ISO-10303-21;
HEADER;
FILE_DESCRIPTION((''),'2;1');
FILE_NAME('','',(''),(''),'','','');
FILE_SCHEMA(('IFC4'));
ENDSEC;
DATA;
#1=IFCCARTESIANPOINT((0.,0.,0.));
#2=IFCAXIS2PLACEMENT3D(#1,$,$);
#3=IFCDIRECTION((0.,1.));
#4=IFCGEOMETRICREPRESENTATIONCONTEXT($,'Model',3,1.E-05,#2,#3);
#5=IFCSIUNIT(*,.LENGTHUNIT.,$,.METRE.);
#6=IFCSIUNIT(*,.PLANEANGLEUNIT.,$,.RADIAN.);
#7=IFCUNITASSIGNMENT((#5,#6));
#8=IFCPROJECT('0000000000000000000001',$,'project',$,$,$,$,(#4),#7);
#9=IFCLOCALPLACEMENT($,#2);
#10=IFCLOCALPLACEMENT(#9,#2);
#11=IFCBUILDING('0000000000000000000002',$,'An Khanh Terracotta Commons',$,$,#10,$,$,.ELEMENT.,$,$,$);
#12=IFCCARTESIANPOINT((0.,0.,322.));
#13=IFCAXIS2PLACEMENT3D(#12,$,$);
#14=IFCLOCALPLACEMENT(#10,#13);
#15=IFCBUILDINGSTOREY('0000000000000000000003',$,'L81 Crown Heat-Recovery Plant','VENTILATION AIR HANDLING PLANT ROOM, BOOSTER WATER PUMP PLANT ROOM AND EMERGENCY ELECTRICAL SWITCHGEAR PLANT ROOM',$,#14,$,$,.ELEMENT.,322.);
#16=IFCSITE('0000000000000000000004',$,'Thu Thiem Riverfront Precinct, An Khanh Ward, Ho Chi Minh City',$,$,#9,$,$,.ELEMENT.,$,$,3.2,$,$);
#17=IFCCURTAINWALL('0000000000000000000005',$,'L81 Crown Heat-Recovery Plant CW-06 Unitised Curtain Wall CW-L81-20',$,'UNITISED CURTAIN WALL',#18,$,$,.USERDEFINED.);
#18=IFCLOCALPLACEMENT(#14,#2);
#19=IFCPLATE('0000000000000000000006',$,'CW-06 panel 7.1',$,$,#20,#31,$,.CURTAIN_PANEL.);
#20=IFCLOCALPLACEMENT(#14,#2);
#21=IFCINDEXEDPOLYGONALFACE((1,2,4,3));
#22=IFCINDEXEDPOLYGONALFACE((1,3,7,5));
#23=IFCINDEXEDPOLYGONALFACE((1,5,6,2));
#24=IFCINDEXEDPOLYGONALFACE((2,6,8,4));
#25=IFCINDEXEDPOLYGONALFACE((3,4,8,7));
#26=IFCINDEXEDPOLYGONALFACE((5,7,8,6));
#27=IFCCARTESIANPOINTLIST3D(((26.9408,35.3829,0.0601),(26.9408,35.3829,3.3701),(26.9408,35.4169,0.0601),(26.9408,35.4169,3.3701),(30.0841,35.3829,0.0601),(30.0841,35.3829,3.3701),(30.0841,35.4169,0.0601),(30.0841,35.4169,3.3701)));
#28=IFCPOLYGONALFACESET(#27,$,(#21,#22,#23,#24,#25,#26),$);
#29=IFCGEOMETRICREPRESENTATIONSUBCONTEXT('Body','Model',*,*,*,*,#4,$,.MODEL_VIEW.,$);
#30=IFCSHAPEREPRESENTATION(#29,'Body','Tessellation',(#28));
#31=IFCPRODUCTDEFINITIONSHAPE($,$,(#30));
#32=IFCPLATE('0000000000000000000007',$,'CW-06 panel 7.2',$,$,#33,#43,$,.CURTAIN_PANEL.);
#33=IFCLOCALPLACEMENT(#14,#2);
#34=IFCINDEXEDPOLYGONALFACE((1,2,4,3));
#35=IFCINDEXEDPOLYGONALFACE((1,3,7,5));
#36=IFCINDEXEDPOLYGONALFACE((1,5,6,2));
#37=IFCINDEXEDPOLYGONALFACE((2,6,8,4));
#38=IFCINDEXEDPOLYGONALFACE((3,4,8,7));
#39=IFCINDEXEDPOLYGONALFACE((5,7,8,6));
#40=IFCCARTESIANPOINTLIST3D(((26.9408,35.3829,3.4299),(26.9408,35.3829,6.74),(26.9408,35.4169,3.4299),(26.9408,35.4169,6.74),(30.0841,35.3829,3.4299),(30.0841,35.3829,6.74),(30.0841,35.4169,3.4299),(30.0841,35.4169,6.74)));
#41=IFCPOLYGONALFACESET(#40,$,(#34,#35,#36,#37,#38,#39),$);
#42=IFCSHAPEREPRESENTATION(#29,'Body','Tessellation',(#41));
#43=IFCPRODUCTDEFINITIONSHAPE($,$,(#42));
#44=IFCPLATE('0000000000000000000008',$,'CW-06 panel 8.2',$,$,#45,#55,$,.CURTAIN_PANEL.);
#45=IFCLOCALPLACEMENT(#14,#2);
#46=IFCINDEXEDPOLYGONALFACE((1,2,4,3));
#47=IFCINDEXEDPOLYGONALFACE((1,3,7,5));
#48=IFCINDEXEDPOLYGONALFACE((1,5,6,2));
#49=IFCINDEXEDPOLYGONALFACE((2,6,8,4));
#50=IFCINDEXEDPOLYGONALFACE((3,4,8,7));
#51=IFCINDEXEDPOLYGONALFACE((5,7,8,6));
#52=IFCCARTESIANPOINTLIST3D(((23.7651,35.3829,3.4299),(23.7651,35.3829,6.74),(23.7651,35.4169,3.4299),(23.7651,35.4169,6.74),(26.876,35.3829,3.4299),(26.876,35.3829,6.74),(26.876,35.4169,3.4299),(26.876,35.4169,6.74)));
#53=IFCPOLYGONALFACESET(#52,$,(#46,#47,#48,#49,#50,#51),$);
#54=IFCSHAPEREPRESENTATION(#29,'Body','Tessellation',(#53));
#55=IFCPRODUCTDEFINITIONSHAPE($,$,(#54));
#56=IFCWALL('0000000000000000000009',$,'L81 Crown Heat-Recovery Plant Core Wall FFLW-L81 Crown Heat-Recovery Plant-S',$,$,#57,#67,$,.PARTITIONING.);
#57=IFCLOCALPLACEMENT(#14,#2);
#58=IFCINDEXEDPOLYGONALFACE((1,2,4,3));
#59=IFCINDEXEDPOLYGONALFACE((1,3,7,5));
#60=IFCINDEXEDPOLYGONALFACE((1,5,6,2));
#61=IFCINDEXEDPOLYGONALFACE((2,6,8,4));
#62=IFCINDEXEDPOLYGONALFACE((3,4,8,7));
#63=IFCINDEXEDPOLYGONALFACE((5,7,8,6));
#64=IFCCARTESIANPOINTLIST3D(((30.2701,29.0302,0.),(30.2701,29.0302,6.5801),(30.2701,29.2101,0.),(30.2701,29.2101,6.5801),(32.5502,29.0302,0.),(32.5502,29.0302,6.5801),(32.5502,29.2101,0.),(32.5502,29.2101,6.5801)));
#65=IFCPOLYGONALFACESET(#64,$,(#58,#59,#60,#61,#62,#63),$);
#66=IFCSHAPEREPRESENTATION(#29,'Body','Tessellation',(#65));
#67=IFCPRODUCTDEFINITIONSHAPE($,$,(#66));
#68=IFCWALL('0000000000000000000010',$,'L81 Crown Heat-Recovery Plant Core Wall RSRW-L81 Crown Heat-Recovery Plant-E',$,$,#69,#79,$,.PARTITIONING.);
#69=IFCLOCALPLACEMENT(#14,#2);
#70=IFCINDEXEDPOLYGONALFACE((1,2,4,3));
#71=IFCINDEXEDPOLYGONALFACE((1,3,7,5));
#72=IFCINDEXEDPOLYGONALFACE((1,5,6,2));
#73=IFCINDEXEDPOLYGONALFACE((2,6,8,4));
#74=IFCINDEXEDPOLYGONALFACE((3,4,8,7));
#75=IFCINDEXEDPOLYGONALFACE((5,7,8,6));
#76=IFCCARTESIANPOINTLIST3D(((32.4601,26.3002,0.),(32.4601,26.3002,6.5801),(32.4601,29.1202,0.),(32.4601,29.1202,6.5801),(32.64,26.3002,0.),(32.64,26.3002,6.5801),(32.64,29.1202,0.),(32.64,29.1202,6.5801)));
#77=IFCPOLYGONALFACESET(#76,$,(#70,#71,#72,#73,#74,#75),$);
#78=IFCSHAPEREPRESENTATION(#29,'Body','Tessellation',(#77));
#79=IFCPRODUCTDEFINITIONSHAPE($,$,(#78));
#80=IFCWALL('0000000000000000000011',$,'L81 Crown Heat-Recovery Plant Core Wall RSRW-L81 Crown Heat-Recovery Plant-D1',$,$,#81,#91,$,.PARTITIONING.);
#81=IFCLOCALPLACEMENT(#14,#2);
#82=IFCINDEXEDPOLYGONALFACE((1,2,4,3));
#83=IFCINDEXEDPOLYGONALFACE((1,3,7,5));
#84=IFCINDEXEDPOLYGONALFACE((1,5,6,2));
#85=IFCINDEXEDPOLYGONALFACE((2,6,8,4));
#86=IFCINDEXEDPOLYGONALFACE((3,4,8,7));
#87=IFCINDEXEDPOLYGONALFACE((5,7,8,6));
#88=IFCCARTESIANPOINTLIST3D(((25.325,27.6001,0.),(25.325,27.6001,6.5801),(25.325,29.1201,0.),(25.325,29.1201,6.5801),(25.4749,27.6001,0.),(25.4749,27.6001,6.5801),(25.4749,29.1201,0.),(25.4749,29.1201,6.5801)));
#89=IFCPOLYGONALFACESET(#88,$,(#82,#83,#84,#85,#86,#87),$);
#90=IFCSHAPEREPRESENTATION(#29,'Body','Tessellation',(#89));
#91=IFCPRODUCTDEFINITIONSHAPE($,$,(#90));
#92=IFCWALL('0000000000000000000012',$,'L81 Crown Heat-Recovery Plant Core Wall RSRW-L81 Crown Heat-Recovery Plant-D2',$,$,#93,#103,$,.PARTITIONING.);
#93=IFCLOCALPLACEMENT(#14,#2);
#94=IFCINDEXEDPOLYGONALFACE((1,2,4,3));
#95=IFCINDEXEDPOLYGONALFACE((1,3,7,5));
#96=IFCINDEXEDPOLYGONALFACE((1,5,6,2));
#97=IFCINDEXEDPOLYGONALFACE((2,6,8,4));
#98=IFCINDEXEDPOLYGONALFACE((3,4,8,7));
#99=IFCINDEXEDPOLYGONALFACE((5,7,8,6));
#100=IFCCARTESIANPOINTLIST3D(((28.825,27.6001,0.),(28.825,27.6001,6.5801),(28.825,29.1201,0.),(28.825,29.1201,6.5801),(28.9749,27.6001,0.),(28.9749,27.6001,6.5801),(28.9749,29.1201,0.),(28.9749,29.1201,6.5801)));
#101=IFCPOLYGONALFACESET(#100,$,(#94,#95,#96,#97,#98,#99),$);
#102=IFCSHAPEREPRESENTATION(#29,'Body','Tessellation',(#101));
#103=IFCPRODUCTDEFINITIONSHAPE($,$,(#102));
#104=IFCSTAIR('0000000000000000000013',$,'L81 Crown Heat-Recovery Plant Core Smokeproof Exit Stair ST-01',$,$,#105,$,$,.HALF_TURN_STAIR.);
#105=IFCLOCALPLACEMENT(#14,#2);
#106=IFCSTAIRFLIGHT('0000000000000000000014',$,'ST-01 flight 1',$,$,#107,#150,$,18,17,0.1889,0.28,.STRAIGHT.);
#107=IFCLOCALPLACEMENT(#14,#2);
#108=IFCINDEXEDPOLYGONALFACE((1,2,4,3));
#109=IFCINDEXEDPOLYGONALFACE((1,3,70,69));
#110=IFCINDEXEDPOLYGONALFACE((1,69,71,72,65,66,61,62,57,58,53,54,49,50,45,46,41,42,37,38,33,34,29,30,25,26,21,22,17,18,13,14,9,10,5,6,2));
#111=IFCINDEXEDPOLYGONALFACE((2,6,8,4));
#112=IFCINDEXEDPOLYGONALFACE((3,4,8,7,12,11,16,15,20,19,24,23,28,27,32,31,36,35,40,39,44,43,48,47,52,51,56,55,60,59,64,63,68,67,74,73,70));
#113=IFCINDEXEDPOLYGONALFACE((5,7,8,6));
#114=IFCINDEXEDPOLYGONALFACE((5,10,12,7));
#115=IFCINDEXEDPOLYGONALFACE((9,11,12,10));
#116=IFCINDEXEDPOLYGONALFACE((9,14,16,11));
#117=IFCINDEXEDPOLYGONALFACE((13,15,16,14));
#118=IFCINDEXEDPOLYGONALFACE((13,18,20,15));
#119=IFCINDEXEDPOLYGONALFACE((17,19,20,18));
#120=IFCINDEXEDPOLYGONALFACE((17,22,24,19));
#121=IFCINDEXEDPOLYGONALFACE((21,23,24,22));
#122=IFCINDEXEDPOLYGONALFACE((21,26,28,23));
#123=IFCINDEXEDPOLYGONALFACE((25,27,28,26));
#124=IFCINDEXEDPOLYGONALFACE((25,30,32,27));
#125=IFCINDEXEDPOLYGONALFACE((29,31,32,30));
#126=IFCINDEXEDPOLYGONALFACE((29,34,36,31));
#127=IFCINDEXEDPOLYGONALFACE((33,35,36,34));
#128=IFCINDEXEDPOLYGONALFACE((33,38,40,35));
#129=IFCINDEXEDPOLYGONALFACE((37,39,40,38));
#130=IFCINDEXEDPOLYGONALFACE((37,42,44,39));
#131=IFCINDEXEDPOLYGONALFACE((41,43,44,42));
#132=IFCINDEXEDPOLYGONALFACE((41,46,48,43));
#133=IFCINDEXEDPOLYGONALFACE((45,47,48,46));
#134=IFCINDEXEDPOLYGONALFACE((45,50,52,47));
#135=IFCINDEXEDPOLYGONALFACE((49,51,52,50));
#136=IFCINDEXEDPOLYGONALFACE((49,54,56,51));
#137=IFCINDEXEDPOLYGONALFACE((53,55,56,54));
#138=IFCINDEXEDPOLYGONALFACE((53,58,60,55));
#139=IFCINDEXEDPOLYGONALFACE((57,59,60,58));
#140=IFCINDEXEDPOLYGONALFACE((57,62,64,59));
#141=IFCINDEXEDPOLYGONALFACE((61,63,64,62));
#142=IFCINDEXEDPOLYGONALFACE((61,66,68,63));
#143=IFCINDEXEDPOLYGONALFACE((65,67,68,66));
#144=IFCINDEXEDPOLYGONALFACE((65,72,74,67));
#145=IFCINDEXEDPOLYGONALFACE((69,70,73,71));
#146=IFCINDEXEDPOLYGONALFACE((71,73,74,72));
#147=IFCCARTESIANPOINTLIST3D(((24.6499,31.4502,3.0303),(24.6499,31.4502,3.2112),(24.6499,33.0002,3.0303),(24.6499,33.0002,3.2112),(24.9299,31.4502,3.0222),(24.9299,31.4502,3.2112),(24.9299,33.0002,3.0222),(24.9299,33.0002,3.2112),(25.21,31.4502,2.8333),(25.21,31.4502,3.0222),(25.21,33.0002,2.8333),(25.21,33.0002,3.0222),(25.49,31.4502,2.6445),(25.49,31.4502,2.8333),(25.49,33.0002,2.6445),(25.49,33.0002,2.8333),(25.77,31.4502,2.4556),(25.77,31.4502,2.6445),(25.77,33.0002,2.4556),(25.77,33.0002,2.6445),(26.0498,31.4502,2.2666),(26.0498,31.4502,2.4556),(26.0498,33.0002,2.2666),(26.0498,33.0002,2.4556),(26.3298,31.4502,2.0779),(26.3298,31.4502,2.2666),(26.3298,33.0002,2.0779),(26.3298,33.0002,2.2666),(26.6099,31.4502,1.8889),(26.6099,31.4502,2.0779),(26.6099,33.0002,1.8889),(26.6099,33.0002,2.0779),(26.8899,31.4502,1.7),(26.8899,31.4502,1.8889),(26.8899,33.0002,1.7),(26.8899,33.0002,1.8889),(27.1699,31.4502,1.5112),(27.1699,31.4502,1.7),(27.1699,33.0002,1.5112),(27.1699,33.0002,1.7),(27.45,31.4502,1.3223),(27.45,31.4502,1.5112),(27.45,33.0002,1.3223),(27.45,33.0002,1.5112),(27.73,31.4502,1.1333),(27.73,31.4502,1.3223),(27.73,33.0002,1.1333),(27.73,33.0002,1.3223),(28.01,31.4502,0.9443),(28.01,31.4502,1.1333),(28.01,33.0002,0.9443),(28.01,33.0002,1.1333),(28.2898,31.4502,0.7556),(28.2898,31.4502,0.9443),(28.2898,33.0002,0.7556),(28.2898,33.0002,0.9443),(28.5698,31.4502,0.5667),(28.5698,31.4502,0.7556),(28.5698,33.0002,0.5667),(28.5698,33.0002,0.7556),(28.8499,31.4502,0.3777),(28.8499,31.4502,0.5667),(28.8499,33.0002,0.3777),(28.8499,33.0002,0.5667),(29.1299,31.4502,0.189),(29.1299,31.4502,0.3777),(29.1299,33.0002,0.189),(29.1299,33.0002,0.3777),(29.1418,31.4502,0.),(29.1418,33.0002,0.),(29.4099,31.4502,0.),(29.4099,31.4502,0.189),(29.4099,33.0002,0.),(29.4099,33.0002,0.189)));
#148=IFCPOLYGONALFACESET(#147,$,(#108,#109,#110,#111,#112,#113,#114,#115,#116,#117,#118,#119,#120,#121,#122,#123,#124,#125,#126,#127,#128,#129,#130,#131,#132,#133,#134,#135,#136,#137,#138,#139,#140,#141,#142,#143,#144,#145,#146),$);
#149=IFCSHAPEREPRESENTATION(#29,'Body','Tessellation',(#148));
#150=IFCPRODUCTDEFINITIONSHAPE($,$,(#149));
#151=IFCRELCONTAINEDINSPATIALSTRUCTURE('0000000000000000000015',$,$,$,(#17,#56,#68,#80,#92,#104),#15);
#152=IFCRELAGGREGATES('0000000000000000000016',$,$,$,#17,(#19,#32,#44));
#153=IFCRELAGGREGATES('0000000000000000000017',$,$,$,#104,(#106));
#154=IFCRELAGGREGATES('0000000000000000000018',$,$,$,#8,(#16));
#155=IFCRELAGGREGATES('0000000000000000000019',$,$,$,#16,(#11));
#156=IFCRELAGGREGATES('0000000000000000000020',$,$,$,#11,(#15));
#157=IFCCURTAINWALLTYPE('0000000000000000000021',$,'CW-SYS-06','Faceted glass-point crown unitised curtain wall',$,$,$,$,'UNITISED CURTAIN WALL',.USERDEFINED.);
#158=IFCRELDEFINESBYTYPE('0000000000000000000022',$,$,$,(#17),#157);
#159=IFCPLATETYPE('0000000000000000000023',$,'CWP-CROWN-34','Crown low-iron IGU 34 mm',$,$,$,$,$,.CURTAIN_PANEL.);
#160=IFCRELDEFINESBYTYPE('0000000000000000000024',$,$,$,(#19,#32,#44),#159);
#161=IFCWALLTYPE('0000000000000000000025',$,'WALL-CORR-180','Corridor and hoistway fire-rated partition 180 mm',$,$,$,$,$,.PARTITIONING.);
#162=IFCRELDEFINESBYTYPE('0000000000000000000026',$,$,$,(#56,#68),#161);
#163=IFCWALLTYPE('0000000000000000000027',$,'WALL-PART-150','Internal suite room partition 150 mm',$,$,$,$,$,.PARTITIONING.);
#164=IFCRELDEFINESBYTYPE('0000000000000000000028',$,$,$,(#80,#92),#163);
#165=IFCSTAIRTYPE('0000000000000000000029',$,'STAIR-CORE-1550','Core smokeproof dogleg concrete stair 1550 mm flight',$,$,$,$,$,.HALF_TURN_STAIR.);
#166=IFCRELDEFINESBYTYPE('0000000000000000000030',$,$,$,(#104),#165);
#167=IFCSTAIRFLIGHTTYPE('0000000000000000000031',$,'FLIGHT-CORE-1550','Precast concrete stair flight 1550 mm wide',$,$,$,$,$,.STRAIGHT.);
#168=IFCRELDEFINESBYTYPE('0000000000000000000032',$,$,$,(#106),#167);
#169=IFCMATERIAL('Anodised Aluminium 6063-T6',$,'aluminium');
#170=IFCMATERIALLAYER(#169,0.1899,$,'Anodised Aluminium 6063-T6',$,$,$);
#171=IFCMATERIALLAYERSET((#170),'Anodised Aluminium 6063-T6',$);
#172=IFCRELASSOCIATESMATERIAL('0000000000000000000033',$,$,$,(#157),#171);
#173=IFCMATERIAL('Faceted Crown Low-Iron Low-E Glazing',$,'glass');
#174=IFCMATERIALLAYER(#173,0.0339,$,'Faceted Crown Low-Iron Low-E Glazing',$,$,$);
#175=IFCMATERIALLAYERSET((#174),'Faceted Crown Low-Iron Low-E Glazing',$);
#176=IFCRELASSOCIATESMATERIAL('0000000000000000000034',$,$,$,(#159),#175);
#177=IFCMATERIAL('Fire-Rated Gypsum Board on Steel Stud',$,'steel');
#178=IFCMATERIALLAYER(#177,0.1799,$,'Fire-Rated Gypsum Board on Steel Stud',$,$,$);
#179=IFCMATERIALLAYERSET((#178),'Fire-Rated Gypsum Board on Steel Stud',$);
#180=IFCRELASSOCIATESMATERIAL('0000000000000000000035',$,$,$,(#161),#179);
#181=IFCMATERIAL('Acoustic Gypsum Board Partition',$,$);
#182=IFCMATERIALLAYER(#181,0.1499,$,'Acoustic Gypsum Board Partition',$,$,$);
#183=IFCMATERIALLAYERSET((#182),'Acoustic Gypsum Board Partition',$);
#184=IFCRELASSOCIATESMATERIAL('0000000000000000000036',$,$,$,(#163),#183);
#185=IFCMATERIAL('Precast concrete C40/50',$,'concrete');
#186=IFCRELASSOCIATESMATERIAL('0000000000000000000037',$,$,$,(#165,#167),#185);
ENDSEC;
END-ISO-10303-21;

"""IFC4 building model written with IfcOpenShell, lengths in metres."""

from ifc_helpers import new_model, si_unit, direction, frame, frame_2d, origin, origin_2d, place, context, subcontext, project, spatial, polyline, rectangle, outline, extrude, material, layer, layer_set, type_object, element, aggregate, save


model = new_model("IFC4")

# Units and contexts
model_context = context("Model", 3, precision=1e-05, world=origin(), true_north=direction((0.0, 1.0)))
body_context = subcontext(model_context, "Body", "Model", "MODEL_VIEW")
ifc_project = project(units=[si_unit("LENGTHUNIT", "METRE"), si_unit("PLANEANGLEUNIT", "RADIAN")], contexts=[model_context])

# Site, building, storey
site_placement = place(None, origin())
site = spatial("IfcSite", under=ifc_project, at=site_placement, Name="Thu Thiem Riverfront Precinct, An Khanh Ward, Ho Chi Minh City", CompositionType="ELEMENT", RefElevation=3.2)
building_placement = place(site_placement, origin())
building = spatial("IfcBuilding", under=site, at=building_placement, Name="An Khanh Terracotta Commons", CompositionType="ELEMENT")
storey_placement = place(building_placement, frame((0.0, 0.0, 322.0)))
storey = spatial("IfcBuildingStorey", under=building, at=storey_placement, Name="L81 Crown Heat-Recovery Plant", Description="VENTILATION AIR HANDLING PLANT ROOM, BOOSTER WATER PUMP PLANT ROOM AND EMERGENCY ELECTRICAL SWITCHGEAR PLANT ROOM", CompositionType="ELEMENT", Elevation=322.0)

# Curtain wall, plates
ifc_material_1 = material(Name="Anodised Aluminium 6063-T6", Category="aluminium")
ifc_layer_1 = layer(ifc_material_1, 0.1899, Name="Anodised Aluminium 6063-T6")
ifc_layer_set_1 = layer_set([ifc_layer_1], Name="Anodised Aluminium 6063-T6")
curtain_wall_type = type_object("IfcCurtainWallType", Name="CW-SYS-06", Description="Faceted glass-point crown unitised curtain wall", ElementType="UNITISED CURTAIN WALL", PredefinedType="USERDEFINED", material=ifc_layer_set_1)
curtain_wall_placement = place(storey_placement, origin())
curtain_wall = element("IfcCurtainWall", 1, at=curtain_wall_placement, inside=storey, type_object=curtain_wall_type, Name="L81 Crown Heat-Recovery Plant CW-06 Unitised Curtain Wall CW-L81-20", ObjectType="UNITISED CURTAIN WALL", PredefinedType="USERDEFINED")
ifc_material_2 = material(Name="Faceted Crown Low-Iron Low-E Glazing", Category="glass")
ifc_layer_2 = layer(ifc_material_2, 0.0339, Name="Faceted Crown Low-Iron Low-E Glazing")
ifc_layer_set_2 = layer_set([ifc_layer_2], Name="Faceted Crown Low-Iron Low-E Glazing")
plate_type = type_object("IfcPlateType", Name="CWP-CROWN-34", Description="Crown low-iron IGU 34 mm", PredefinedType="CURTAIN_PANEL", material=ifc_layer_set_2)
plate_1_placement = place(storey_placement, frame((28.5125, 35.3999, 0.0601), z_axis=(0.0, 0.0, 1.0), x_axis=(-1.0, 0.0, 0.0)))
plate_1 = element("IfcPlate", 2, at=plate_1_placement, type_object=plate_type, Name="CW-06 panel 7.1", PredefinedType="CURTAIN_PANEL", context=body_context, shape_type="SweptSolid", body=[
    extrude(rectangle(XDim=3.1433, YDim=0.0339, at=origin_2d()), origin(), (0.0, 0.0, 1.0), 3.3101),
])
plate_2_placement = place(storey_placement, frame((28.5125, 35.3999, 3.4299), z_axis=(0.0, 0.0, 1.0), x_axis=(-1.0, 0.0, 0.0)))
plate_2 = element("IfcPlate", 3, at=plate_2_placement, type_object=plate_type, Name="CW-06 panel 7.2", PredefinedType="CURTAIN_PANEL", context=body_context, shape_type="SweptSolid", body=[
    extrude(rectangle(XDim=3.1433, YDim=0.0339, at=origin_2d()), origin(), (0.0, 0.0, 1.0), 3.3101),
])
plate_3_placement = place(storey_placement, frame((25.3206, 35.3999, 3.4299), z_axis=(0.0, 0.0, 1.0), x_axis=(-1.0, 0.0, 0.0)))
plate_3 = element("IfcPlate", 4, at=plate_3_placement, type_object=plate_type, Name="CW-06 panel 8.2", PredefinedType="CURTAIN_PANEL", context=body_context, shape_type="SweptSolid", body=[
    extrude(rectangle(XDim=3.1108, YDim=0.0339, at=origin_2d()), origin(), (0.0, 0.0, 1.0), 3.3101),
])
aggregate(curtain_wall, [plate_1, plate_2, plate_3])

# Walls
ifc_material_3 = material(Name="Fire-Rated Gypsum Board on Steel Stud", Category="steel")
ifc_layer_3 = layer(ifc_material_3, 0.1799, Name="Fire-Rated Gypsum Board on Steel Stud")
ifc_layer_set_3 = layer_set([ifc_layer_3], Name="Fire-Rated Gypsum Board on Steel Stud")
wall_type_1 = type_object("IfcWallType", Name="WALL-CORR-180", Description="Corridor and hoistway fire-rated partition 180 mm", PredefinedType="PARTITIONING", material=ifc_layer_set_3)
wall_1_placement = place(storey_placement, frame((30.27, 29.1201, 0.0), z_axis=(0.0, 0.0, 1.0), x_axis=(1.0, 0.0, 0.0)))
element("IfcWall", 5, at=wall_1_placement, inside=storey, type_object=wall_type_1, Name="L81 Crown Heat-Recovery Plant Core Wall FFLW-L81 Crown Heat-Recovery Plant-S", PredefinedType="PARTITIONING", context=body_context, shape_type="SweptSolid", body=[
    extrude(rectangle(XDim=2.28, YDim=0.1799, at=frame_2d((1.1401, 0.0))), origin(), (0.0, 0.0, 1.0), 6.5801),
])
wall_2_placement = place(storey_placement, frame((32.55, 26.3, 0.0), z_axis=(0.0, 0.0, 1.0), x_axis=(0.0, 1.0, 0.0)))
element("IfcWall", 6, at=wall_2_placement, inside=storey, type_object=wall_type_1, Name="L81 Crown Heat-Recovery Plant Core Wall RSRW-L81 Crown Heat-Recovery Plant-E", PredefinedType="PARTITIONING", context=body_context, shape_type="SweptSolid", body=[
    extrude(rectangle(XDim=2.8201, YDim=0.1799, at=frame_2d((1.4102, 0.0))), origin(), (0.0, 0.0, 1.0), 6.5801),
])
ifc_material_4 = material(Name="Acoustic Gypsum Board Partition")
ifc_layer_4 = layer(ifc_material_4, 0.1499, Name="Acoustic Gypsum Board Partition")
ifc_layer_set_4 = layer_set([ifc_layer_4], Name="Acoustic Gypsum Board Partition")
wall_type_2 = type_object("IfcWallType", Name="WALL-PART-150", Description="Internal suite room partition 150 mm", PredefinedType="PARTITIONING", material=ifc_layer_set_4)
for number, where, z_axis, x_axis, name in (
    (7, (25.3999, 27.6001, 0.0), (0.0, 0.0, 1.0), (0.0, 1.0, 0.0), "L81 Crown Heat-Recovery Plant Core Wall RSRW-L81 Crown Heat-Recovery Plant-D1"),
    (8, (28.8999, 27.6001, 0.0), (0.0, 0.0, 1.0), (0.0, 1.0, 0.0), "L81 Crown Heat-Recovery Plant Core Wall RSRW-L81 Crown Heat-Recovery Plant-D2"),
):
    element("IfcWall", number, at=place(storey_placement, frame(where, z_axis=z_axis, x_axis=x_axis)), inside=storey, type_object=wall_type_2, Name=name, PredefinedType="PARTITIONING", context=body_context, shape_type="SweptSolid", body=[
        extrude(rectangle(XDim=1.52, YDim=0.1499, at=frame_2d((0.76, 0.0))), origin(), (0.0, 0.0, 1.0), 6.5801),
    ])

# Stair, stair flight
ifc_material_5 = material(Name="Precast concrete C40/50", Category="concrete")
stair_type = type_object("IfcStairType", Name="STAIR-CORE-1550", Description="Core smokeproof dogleg concrete stair 1550 mm flight", PredefinedType="HALF_TURN_STAIR", material=ifc_material_5)
stair_placement = place(storey_placement, origin())
stair = element("IfcStair", 9, at=stair_placement, inside=storey, type_object=stair_type, Name="L81 Crown Heat-Recovery Plant Core Smokeproof Exit Stair ST-01", PredefinedType="HALF_TURN_STAIR")
stair_flight_type = type_object("IfcStairFlightType", Name="FLIGHT-CORE-1550", Description="Precast concrete stair flight 1550 mm wide", PredefinedType="STRAIGHT", material=ifc_material_5)
stair_flight_placement = place(storey_placement, frame((29.4099, 32.2251, 0.0), z_axis=(0.0, 0.0, 1.0), x_axis=(-1.0, 0.0, 0.0)))
stair_flight = element("IfcStairFlight", 10, at=stair_flight_placement, type_object=stair_flight_type, Name="ST-01 flight 1", NumberOfRisers=18, NumberOfTreads=17, PredefinedType="STRAIGHT", RiserHeight=0.1889, TreadLength=0.28, context=body_context, shape_type="SweptSolid", body=[
    extrude(outline(polyline([(0.0, 0.0), (0.0, 0.189), (0.28, 0.189), (0.28, 0.3777), (0.5601, 0.3777), (0.5601, 0.5667), (0.8401, 0.5667), (0.8401, 0.7556), (1.1201, 0.7556), (1.1201, 0.9443), (1.3999, 0.9443), (1.3999, 1.1333), (1.6799, 1.1333), (1.6799, 1.3223), (1.96, 1.3223), (1.96, 1.5112), (2.24, 1.5112), (2.24, 1.7), (2.52, 1.7), (2.52, 1.8889), (2.8, 1.8889), (2.8, 2.0779), (3.0801, 2.0779), (3.0801, 2.2666), (3.3601, 2.2666), (3.3601, 2.4556), (3.6399, 2.4556), (3.6399, 2.6445), (3.9199, 2.6445), (3.9199, 2.8333), (4.2, 2.8333), (4.2, 3.0222), (4.48, 3.0222), (4.48, 3.2112), (4.76, 3.2112), (4.76, 3.3999), (4.76, 3.0303), (0.2681, 0.0), (0.0, 0.0)])), frame((0.0, 0.7749, 0.0), z_axis=(0.0, -1.0, 0.0), x_axis=(1.0, 0.0, 0.0)), (0.0, 0.0, 1.0), 1.55),
])
aggregate(stair, [stair_flight])

save(model, "model.ifc")
